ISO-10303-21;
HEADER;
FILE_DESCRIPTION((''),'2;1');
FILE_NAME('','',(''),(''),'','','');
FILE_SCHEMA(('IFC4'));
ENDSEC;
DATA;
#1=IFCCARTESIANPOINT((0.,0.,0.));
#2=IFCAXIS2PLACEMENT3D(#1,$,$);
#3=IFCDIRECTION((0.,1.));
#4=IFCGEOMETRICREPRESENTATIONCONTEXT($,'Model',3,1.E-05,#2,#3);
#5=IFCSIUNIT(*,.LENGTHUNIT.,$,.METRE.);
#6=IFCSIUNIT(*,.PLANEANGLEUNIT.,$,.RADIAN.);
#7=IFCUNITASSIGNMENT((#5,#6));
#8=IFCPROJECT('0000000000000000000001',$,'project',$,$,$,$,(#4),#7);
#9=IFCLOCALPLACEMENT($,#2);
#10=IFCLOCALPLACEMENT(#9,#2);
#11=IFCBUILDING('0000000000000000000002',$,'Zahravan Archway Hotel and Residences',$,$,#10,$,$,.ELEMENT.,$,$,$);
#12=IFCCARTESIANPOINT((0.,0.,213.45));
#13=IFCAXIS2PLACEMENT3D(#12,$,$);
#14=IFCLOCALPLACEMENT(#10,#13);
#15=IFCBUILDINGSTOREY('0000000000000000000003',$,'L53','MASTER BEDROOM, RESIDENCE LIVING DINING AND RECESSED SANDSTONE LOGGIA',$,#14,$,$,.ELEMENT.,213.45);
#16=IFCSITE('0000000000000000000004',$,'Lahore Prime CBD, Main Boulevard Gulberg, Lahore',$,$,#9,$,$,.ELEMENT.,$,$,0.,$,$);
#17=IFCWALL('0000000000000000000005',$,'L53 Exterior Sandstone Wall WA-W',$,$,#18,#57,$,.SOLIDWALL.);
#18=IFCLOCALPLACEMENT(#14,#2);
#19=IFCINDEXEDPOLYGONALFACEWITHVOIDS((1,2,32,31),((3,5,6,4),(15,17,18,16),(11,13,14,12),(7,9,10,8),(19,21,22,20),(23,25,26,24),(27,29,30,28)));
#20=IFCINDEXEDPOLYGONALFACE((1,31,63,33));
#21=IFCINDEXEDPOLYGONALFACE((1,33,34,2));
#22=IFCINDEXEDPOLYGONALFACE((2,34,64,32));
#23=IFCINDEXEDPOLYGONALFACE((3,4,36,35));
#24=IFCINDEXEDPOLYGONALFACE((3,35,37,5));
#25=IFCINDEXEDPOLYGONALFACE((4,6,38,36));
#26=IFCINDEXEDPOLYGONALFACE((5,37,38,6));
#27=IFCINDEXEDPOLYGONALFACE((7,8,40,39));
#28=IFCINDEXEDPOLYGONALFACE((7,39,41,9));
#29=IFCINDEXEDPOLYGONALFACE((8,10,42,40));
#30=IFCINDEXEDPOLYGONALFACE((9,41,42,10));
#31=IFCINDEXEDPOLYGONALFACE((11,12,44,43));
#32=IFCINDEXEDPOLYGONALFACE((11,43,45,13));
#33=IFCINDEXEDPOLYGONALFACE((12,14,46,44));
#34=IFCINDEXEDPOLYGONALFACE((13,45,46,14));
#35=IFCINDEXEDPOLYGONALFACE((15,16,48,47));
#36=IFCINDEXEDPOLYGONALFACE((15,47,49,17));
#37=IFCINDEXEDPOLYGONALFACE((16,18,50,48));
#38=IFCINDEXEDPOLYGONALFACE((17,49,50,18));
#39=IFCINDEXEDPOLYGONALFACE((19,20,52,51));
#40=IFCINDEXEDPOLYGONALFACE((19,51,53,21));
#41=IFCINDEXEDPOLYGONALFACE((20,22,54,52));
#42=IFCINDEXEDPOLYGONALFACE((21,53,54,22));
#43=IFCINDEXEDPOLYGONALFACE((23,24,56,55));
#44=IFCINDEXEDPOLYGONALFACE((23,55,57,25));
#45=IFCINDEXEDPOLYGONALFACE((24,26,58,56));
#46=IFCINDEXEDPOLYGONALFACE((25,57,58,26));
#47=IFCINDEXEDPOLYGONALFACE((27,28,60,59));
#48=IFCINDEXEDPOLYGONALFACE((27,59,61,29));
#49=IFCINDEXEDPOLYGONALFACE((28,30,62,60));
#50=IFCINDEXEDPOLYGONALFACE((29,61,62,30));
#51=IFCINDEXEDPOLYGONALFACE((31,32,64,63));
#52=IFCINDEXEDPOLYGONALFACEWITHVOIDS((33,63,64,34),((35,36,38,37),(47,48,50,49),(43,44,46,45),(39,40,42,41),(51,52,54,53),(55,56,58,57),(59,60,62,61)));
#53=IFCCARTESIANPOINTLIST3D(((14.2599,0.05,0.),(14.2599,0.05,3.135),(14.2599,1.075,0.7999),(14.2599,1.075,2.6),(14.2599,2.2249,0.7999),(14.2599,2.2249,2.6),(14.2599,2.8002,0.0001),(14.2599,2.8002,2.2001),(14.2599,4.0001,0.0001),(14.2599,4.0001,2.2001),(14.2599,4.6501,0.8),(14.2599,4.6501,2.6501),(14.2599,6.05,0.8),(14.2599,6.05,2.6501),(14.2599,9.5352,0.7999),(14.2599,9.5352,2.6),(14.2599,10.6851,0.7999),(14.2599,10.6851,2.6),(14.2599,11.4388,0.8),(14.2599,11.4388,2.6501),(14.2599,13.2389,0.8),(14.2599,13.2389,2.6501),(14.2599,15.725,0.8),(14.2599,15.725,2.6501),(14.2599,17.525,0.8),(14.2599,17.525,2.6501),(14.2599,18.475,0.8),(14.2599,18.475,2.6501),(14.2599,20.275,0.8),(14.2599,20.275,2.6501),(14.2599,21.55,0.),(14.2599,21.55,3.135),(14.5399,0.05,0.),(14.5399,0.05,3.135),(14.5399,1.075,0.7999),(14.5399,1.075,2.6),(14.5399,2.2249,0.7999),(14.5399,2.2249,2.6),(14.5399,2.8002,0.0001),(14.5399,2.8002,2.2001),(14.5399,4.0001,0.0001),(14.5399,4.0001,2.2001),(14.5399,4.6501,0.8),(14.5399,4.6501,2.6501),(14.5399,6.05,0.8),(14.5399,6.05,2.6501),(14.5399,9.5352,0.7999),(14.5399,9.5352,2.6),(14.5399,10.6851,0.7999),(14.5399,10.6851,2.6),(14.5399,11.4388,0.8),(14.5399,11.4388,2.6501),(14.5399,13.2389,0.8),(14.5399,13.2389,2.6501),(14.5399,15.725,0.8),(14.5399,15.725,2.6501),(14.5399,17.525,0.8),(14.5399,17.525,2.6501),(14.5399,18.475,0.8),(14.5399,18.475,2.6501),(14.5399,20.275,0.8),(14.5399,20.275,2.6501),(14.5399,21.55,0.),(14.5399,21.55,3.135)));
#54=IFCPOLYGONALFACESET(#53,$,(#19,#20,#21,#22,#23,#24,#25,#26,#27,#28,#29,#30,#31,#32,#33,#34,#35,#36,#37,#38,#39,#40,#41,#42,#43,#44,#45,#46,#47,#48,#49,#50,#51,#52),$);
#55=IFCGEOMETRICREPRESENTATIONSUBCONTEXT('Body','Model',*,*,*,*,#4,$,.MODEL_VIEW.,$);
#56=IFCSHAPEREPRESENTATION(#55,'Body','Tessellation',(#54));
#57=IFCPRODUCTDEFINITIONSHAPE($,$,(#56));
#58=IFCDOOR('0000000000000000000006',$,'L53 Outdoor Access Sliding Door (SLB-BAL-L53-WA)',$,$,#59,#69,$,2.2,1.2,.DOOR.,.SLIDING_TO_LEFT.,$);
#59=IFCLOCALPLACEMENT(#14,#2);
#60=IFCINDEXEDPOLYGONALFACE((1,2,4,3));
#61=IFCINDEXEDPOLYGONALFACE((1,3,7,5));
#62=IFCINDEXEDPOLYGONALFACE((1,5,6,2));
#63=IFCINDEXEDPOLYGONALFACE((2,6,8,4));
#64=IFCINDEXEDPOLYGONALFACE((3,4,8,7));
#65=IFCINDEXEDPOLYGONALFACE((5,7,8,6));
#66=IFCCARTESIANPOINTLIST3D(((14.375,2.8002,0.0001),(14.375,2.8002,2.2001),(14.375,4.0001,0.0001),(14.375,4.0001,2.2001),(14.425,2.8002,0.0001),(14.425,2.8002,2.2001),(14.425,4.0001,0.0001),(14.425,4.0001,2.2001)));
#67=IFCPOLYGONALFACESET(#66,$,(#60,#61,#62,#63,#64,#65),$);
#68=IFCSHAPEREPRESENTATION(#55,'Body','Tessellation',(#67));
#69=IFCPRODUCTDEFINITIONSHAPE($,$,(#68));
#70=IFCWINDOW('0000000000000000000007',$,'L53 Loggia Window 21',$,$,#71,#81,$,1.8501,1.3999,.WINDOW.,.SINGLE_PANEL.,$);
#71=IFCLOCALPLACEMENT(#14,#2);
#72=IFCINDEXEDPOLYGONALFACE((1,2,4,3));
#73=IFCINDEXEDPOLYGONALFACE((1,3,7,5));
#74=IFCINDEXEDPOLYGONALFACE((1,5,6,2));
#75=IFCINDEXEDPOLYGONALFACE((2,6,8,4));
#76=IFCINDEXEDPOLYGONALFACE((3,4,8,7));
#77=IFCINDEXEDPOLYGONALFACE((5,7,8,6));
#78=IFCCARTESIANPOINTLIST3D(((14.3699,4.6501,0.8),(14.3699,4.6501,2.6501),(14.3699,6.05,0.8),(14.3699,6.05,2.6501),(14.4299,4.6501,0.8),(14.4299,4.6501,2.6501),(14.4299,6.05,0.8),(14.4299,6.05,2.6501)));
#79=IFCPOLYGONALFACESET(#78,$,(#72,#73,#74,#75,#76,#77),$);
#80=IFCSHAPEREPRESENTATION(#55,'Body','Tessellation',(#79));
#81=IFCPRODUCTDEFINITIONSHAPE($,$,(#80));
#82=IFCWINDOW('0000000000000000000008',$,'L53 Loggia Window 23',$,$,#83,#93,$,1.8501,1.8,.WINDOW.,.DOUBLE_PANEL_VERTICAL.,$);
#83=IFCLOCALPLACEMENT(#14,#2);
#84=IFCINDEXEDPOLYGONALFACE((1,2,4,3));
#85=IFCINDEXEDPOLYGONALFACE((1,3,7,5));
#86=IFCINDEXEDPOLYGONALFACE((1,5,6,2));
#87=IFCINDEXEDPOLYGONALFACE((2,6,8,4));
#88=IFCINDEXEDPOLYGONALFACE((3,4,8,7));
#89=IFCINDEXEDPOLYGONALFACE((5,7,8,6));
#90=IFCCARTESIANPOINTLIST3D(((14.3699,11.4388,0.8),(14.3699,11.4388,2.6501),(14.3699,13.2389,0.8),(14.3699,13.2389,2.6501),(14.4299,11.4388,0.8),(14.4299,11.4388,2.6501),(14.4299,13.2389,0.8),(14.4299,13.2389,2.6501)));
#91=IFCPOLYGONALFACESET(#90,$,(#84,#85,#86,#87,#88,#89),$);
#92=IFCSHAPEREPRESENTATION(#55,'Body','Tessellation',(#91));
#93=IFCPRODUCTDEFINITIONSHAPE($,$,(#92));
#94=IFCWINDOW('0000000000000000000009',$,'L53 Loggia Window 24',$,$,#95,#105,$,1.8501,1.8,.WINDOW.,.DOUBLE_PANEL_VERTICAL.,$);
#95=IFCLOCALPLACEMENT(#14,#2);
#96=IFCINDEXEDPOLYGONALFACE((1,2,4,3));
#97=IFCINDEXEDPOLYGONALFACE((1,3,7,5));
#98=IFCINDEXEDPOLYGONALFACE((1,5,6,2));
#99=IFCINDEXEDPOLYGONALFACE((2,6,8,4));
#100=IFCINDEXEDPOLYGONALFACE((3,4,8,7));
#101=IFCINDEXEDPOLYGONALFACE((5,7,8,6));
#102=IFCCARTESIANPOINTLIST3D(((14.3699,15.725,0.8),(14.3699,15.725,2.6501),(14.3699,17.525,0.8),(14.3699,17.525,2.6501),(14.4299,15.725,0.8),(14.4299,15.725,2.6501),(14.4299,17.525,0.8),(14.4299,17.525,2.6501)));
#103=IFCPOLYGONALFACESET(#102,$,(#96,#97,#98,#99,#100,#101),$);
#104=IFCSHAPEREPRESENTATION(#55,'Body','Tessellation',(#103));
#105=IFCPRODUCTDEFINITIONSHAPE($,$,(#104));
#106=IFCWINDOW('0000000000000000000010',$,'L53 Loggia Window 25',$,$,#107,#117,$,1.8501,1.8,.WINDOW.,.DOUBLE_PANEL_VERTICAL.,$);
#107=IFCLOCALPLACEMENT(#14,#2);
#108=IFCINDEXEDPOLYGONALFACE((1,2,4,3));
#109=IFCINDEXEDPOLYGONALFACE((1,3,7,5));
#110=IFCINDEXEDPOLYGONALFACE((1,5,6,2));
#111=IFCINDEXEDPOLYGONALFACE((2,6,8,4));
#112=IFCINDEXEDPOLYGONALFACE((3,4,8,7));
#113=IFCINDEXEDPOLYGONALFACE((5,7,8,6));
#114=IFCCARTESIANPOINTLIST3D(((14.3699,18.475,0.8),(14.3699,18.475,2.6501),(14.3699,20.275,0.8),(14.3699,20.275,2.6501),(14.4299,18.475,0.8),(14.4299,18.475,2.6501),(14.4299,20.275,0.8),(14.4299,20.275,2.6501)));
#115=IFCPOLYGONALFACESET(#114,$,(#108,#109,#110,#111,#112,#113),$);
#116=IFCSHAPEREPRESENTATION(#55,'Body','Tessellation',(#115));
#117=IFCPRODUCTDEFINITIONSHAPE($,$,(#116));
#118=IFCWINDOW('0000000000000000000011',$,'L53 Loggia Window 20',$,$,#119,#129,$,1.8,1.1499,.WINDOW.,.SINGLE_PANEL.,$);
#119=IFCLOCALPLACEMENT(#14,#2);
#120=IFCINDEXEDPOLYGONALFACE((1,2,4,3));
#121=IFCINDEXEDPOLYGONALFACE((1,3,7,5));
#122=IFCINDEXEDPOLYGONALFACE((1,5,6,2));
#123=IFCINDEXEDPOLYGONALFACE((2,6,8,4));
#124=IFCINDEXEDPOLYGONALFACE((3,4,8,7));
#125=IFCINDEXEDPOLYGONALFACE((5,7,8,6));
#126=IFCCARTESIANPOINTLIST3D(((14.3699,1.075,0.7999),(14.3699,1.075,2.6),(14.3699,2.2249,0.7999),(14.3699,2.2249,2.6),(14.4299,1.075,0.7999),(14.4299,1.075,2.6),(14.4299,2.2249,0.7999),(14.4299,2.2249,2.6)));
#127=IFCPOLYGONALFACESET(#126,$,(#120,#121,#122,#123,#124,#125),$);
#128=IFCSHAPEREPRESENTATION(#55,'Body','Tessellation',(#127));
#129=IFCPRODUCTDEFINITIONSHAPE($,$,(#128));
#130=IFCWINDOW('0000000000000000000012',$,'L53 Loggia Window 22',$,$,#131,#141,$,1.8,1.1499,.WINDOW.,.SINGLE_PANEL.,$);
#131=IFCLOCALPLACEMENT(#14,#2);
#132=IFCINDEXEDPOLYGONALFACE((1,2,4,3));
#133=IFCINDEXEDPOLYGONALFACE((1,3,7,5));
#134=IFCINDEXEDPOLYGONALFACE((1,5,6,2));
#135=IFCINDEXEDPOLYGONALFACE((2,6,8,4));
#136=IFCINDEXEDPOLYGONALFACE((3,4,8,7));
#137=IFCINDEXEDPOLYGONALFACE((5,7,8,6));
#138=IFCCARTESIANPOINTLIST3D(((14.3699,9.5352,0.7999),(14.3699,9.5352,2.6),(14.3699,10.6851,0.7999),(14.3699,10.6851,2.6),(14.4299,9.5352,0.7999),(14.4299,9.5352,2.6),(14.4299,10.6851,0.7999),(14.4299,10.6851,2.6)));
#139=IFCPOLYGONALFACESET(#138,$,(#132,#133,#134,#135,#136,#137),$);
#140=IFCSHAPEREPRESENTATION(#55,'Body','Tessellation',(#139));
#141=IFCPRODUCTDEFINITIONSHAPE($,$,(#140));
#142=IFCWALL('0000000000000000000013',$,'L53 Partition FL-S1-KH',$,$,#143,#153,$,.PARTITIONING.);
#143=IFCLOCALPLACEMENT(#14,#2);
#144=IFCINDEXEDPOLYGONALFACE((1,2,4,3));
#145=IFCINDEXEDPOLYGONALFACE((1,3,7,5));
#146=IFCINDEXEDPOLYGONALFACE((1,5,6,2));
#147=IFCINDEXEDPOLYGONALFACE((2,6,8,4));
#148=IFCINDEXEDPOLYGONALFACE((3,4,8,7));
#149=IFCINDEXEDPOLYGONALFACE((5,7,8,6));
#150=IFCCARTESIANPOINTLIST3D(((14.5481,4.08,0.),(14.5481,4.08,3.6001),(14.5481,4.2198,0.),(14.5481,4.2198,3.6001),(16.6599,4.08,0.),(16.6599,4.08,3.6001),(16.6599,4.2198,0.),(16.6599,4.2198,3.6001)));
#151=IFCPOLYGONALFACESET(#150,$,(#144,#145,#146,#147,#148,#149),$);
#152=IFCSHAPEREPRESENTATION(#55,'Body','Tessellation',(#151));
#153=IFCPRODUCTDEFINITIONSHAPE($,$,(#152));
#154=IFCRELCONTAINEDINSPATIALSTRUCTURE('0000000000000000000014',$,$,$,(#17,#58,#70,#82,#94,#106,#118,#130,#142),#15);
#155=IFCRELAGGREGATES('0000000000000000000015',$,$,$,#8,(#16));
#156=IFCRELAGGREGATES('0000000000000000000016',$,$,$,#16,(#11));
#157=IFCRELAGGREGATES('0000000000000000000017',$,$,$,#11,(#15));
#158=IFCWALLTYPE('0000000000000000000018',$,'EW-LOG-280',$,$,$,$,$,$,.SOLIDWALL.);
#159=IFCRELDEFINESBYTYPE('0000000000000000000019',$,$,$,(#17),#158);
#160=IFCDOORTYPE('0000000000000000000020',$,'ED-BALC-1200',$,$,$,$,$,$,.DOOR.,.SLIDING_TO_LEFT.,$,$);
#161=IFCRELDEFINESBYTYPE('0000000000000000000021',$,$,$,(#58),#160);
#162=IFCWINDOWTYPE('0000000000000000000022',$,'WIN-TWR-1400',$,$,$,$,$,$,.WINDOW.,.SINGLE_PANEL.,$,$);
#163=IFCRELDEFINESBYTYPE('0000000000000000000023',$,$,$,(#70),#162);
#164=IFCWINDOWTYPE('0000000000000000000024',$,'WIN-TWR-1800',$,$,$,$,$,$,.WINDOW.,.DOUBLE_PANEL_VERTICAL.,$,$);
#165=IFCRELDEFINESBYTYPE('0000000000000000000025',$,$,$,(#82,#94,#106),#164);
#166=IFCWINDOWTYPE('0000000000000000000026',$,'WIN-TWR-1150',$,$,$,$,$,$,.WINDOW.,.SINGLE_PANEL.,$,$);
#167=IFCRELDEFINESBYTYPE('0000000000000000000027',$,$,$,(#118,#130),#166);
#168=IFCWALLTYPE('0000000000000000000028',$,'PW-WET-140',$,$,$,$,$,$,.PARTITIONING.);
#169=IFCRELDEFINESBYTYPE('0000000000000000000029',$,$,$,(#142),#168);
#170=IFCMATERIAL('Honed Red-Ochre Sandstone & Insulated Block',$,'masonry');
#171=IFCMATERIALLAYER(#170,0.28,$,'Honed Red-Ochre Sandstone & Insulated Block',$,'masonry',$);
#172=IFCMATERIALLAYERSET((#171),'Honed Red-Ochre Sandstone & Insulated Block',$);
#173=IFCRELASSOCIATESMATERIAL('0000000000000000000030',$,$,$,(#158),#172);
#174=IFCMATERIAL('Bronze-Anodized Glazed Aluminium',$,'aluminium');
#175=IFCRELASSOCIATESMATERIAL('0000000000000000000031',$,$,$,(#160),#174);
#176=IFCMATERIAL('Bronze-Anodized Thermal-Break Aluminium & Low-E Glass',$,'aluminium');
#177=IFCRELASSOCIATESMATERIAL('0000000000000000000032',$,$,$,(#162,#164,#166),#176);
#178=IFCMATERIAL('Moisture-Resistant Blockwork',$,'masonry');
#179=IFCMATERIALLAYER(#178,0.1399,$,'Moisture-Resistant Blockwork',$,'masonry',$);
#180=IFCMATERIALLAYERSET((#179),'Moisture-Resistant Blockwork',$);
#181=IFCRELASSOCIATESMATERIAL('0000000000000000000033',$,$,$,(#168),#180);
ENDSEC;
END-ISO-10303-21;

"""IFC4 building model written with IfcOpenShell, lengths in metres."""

from ifc_helpers import new_model, si_unit, direction, frame, frame_2d, origin, place, context, subcontext, project, spatial, rectangle, extrude, source, transform, mapped, material, layer, layer_set, type_object, type_shapes, element, fill, save


model = new_model("IFC4")

# Units and contexts
model_context = context("Model", 3, precision=1e-05, world=origin(), true_north=direction((0.0, 1.0)))
body_context = subcontext(model_context, "Body", "Model", "MODEL_VIEW")
ifc_project = project(units=[si_unit("LENGTHUNIT", "METRE"), si_unit("PLANEANGLEUNIT", "RADIAN")], contexts=[model_context])

# Site, building, storey
site_placement = place(None, origin())
site = spatial("IfcSite", under=ifc_project, at=site_placement, Name="Lahore Prime CBD, Main Boulevard Gulberg, Lahore", CompositionType="ELEMENT", RefElevation=0.0)
building_placement = place(site_placement, origin())
building = spatial("IfcBuilding", under=site, at=building_placement, Name="Zahravan Archway Hotel and Residences", CompositionType="ELEMENT")
storey_placement = place(building_placement, frame((0.0, 0.0, 213.45)))
storey = spatial("IfcBuildingStorey", under=building, at=storey_placement, Name="L53", Description="MASTER BEDROOM, RESIDENCE LIVING DINING AND RECESSED SANDSTONE LOGGIA", CompositionType="ELEMENT", Elevation=213.45)

# Wall, openings, door, windows
ifc_material_1 = material(Name="Honed Red-Ochre Sandstone & Insulated Block", Category="masonry")
ifc_layer_1 = layer(ifc_material_1, 0.28, Name="Honed Red-Ochre Sandstone & Insulated Block", Category="masonry")
ifc_layer_set_1 = layer_set([ifc_layer_1], Name="Honed Red-Ochre Sandstone & Insulated Block")
wall_type_1 = type_object("IfcWallType", Name="EW-LOG-280", PredefinedType="SOLIDWALL", material=ifc_layer_set_1)
ifc_material_2 = material(Name="Bronze-Anodized Glazed Aluminium", Category="aluminium")
door_type = type_object("IfcDoorType", Name="ED-BALC-1200", OperationType="SLIDING_TO_LEFT", PredefinedType="DOOR", material=ifc_material_2)
shared_shape_1 = source(origin(), body_context, "Body", "SweptSolid", [
    extrude(rectangle(XDim=1.2, YDim=2.2, at=frame_2d((0.6001, 1.1001))), frame((0.0, 0.0249, 0.0), z_axis=(0.0, -1.0, 0.0), x_axis=(1.0, 0.0, 0.0)), (0.0, 0.0, 1.0), 0.05),
])
type_shapes(door_type, [shared_shape_1])
ifc_material_3 = material(Name="Bronze-Anodized Thermal-Break Aluminium & Low-E Glass", Category="aluminium")
window_type_1 = type_object("IfcWindowType", Name="WIN-TWR-1400", PartitioningType="SINGLE_PANEL", PredefinedType="WINDOW", material=ifc_material_3)
shared_shape_2 = source(origin(), body_context, "Body", "SweptSolid", [
    extrude(rectangle(XDim=1.3999, YDim=1.8501, at=frame_2d((0.7, 0.925))), frame((0.0, 0.03, 0.0), z_axis=(0.0, -1.0, 0.0), x_axis=(1.0, 0.0, 0.0)), (0.0, 0.0, 1.0), 0.0601),
])
type_shapes(window_type_1, [shared_shape_2])
window_type_2 = type_object("IfcWindowType", Name="WIN-TWR-1800", PartitioningType="DOUBLE_PANEL_VERTICAL", PredefinedType="WINDOW", material=ifc_material_3)
shared_shape_3 = source(origin(), body_context, "Body", "SweptSolid", [
    extrude(rectangle(XDim=1.8, YDim=1.8501, at=frame_2d((0.8999, 0.925))), frame((0.0, 0.03, 0.0), z_axis=(0.0, -1.0, 0.0), x_axis=(1.0, 0.0, 0.0)), (0.0, 0.0, 1.0), 0.0601),
])
type_shapes(window_type_2, [shared_shape_3])
wall_1_placement = place(storey_placement, frame((14.3999, 0.05, 0.0), z_axis=(0.0, 0.0, 1.0), x_axis=(0.0, 1.0, 0.0)))
wall_1 = element("IfcWall", 1, at=wall_1_placement, inside=storey, type_object=wall_type_1, Name="L53 Exterior Sandstone Wall WA-W", PredefinedType="SOLIDWALL", context=body_context, shape_type="SweptSolid", body=[
    extrude(rectangle(XDim=21.5, YDim=0.28, at=frame_2d((10.75, 0.0))), origin(), (0.0, 0.0, 1.0), 3.135),
])
opening_1_placement = place(wall_1_placement, frame((2.75, 0.0, 0.0)))
opening_1 = element("IfcOpeningElement", 2, at=opening_1_placement, cuts=wall_1, PredefinedType="OPENING", context=body_context, shape_type="SweptSolid", body=[
    extrude(rectangle(XDim=1.2, YDim=2.2, at=frame_2d((0.6001, 1.1001))), frame((0.0, 0.1499, 0.0), z_axis=(0.0, -1.0, 0.0), x_axis=(1.0, 0.0, 0.0)), (0.0, 0.0, 1.0), 0.3),
])
opening_2_placement = place(wall_1_placement, frame((1.0249, 0.0, 0.8)))
opening_2 = element("IfcOpeningElement", 3, at=opening_2_placement, cuts=wall_1, PredefinedType="OPENING", context=body_context, shape_type="SweptSolid", body=[
    extrude(rectangle(XDim=1.1499, YDim=1.8, at=frame_2d((0.575, 0.8999))), frame((0.0, 0.1499, 0.0), z_axis=(0.0, -1.0, 0.0), x_axis=(1.0, 0.0, 0.0)), (0.0, 0.0, 1.0), 0.3),
])
opening_3_placement = place(wall_1_placement, frame((4.6001, 0.0, 0.8)))
opening_3 = element("IfcOpeningElement", 4, at=opening_3_placement, cuts=wall_1, PredefinedType="OPENING", context=body_context, shape_type="SweptSolid", body=[
    extrude(rectangle(XDim=1.3999, YDim=1.8501, at=frame_2d((0.7, 0.925))), frame((0.0, 0.1499, 0.0), z_axis=(0.0, -1.0, 0.0), x_axis=(1.0, 0.0, 0.0)), (0.0, 0.0, 1.0), 0.3),
])
opening_4_placement = place(wall_1_placement, frame((9.4851, 0.0, 0.8)))
opening_4 = element("IfcOpeningElement", 5, at=opening_4_placement, cuts=wall_1, PredefinedType="OPENING", context=body_context, shape_type="SweptSolid", body=[
    extrude(rectangle(XDim=1.1499, YDim=1.8, at=frame_2d((0.575, 0.8999))), frame((0.0, 0.1499, 0.0), z_axis=(0.0, -1.0, 0.0), x_axis=(1.0, 0.0, 0.0)), (0.0, 0.0, 1.0), 0.3),
])
opening_5_placement = place(wall_1_placement, frame((11.3889, 0.0, 0.8)))
opening_5 = element("IfcOpeningElement", 6, at=opening_5_placement, cuts=wall_1, PredefinedType="OPENING", context=body_context, shape_type="SweptSolid", body=[
    extrude(rectangle(XDim=1.8, YDim=1.8501, at=frame_2d((0.8999, 0.925))), frame((0.0, 0.1499, 0.0), z_axis=(0.0, -1.0, 0.0), x_axis=(1.0, 0.0, 0.0)), (0.0, 0.0, 1.0), 0.3),
])
opening_6_placement = place(wall_1_placement, frame((15.675, 0.0, 0.8)))
opening_6 = element("IfcOpeningElement", 7, at=opening_6_placement, cuts=wall_1, PredefinedType="OPENING", context=body_context, shape_type="SweptSolid", body=[
    extrude(rectangle(XDim=1.8, YDim=1.8501, at=frame_2d((0.8999, 0.925))), frame((0.0, 0.1499, 0.0), z_axis=(0.0, -1.0, 0.0), x_axis=(1.0, 0.0, 0.0)), (0.0, 0.0, 1.0), 0.3),
])
opening_7_placement = place(wall_1_placement, frame((18.425, 0.0, 0.8)))
opening_7 = element("IfcOpeningElement", 8, at=opening_7_placement, cuts=wall_1, PredefinedType="OPENING", context=body_context, shape_type="SweptSolid", body=[
    extrude(rectangle(XDim=1.8, YDim=1.8501, at=frame_2d((0.8999, 0.925))), frame((0.0, 0.1499, 0.0), z_axis=(0.0, -1.0, 0.0), x_axis=(1.0, 0.0, 0.0)), (0.0, 0.0, 1.0), 0.3),
])
door_1_placement = place(opening_1_placement, origin())
door_1 = element("IfcDoor", 9, at=door_1_placement, inside=storey, type_object=door_type, Name="L53 Outdoor Access Sliding Door (SLB-BAL-L53-WA)", OperationType="SLIDING_TO_LEFT", OverallHeight=2.2, OverallWidth=1.2, PredefinedType="DOOR", context=body_context, shape_type="MappedRepresentation", body=[
    mapped(shared_shape_1, transform((0.0, 0.0, 0.0), scale=1.0)),
])
fill(opening_1, door_1)
window_1_placement = place(opening_3_placement, origin())
window_1 = element("IfcWindow", 10, at=window_1_placement, inside=storey, type_object=window_type_1, Name="L53 Loggia Window 21", OverallHeight=1.8501, OverallWidth=1.3999, PartitioningType="SINGLE_PANEL", PredefinedType="WINDOW", context=body_context, shape_type="MappedRepresentation", body=[
    mapped(shared_shape_2, transform((0.0, 0.0, 0.0), scale=1.0)),
])
fill(opening_3, window_1)
window_2_placement = place(opening_5_placement, origin())
window_2 = element("IfcWindow", 11, at=window_2_placement, inside=storey, type_object=window_type_2, Name="L53 Loggia Window 23", OverallHeight=1.8501, OverallWidth=1.8, PartitioningType="DOUBLE_PANEL_VERTICAL", PredefinedType="WINDOW", context=body_context, shape_type="MappedRepresentation", body=[
    mapped(shared_shape_3, transform((0.0, 0.0, 0.0), scale=1.0)),
])
fill(opening_5, window_2)
window_3_placement = place(opening_6_placement, origin())
window_3 = element("IfcWindow", 12, at=window_3_placement, inside=storey, type_object=window_type_2, Name="L53 Loggia Window 24", OverallHeight=1.8501, OverallWidth=1.8, PartitioningType="DOUBLE_PANEL_VERTICAL", PredefinedType="WINDOW", context=body_context, shape_type="MappedRepresentation", body=[
    mapped(shared_shape_3, transform((0.0, 0.0, 0.0), scale=1.0)),
])
fill(opening_6, window_3)
window_4_placement = place(opening_7_placement, origin())
window_4 = element("IfcWindow", 13, at=window_4_placement, inside=storey, type_object=window_type_2, Name="L53 Loggia Window 25", OverallHeight=1.8501, OverallWidth=1.8, PartitioningType="DOUBLE_PANEL_VERTICAL", PredefinedType="WINDOW", context=body_context, shape_type="MappedRepresentation", body=[
    mapped(shared_shape_3, transform((0.0, 0.0, 0.0), scale=1.0)),
])
fill(opening_7, window_4)
window_type_3 = type_object("IfcWindowType", Name="WIN-TWR-1150", PartitioningType="SINGLE_PANEL", PredefinedType="WINDOW", material=ifc_material_3)
shared_shape_4 = source(origin(), body_context, "Body", "SweptSolid", [
    extrude(rectangle(XDim=1.1499, YDim=1.8, at=frame_2d((0.575, 0.8999))), frame((0.0, 0.03, 0.0), z_axis=(0.0, -1.0, 0.0), x_axis=(1.0, 0.0, 0.0)), (0.0, 0.0, 1.0), 0.0601),
])
type_shapes(window_type_3, [shared_shape_4])
window_5_placement = place(opening_2_placement, origin())
window_5 = element("IfcWindow", 14, at=window_5_placement, inside=storey, type_object=window_type_3, Name="L53 Loggia Window 20", OverallHeight=1.8, OverallWidth=1.1499, PartitioningType="SINGLE_PANEL", PredefinedType="WINDOW", context=body_context, shape_type="MappedRepresentation", body=[
    mapped(shared_shape_4, transform((0.0, 0.0, 0.0), scale=1.0)),
])
fill(opening_2, window_5)
window_6_placement = place(opening_4_placement, origin())
window_6 = element("IfcWindow", 15, at=window_6_placement, inside=storey, type_object=window_type_3, Name="L53 Loggia Window 22", OverallHeight=1.8, OverallWidth=1.1499, PartitioningType="SINGLE_PANEL", PredefinedType="WINDOW", context=body_context, shape_type="MappedRepresentation", body=[
    mapped(shared_shape_4, transform((0.0, 0.0, 0.0), scale=1.0)),
])
fill(opening_4, window_6)

# Wall
ifc_material_4 = material(Name="Moisture-Resistant Blockwork", Category="masonry")
ifc_layer_2 = layer(ifc_material_4, 0.1399, Name="Moisture-Resistant Blockwork", Category="masonry")
ifc_layer_set_2 = layer_set([ifc_layer_2], Name="Moisture-Resistant Blockwork")
wall_type_2 = type_object("IfcWallType", Name="PW-WET-140", PredefinedType="PARTITIONING", material=ifc_layer_set_2)
wall_2_placement = place(storey_placement, frame((14.5481, 4.1499, 0.0), z_axis=(0.0, 0.0, 1.0), x_axis=(1.0, 0.0, 0.0)))
element("IfcWall", 16, at=wall_2_placement, inside=storey, type_object=wall_type_2, Name="L53 Partition FL-S1-KH", PredefinedType="PARTITIONING", context=body_context, shape_type="SweptSolid", body=[
    extrude(rectangle(XDim=2.1118, YDim=0.1399, at=frame_2d((1.0559, 0.0))), origin(), (0.0, 0.0, 1.0), 3.6001),
])

save(model, "model.ifc")
